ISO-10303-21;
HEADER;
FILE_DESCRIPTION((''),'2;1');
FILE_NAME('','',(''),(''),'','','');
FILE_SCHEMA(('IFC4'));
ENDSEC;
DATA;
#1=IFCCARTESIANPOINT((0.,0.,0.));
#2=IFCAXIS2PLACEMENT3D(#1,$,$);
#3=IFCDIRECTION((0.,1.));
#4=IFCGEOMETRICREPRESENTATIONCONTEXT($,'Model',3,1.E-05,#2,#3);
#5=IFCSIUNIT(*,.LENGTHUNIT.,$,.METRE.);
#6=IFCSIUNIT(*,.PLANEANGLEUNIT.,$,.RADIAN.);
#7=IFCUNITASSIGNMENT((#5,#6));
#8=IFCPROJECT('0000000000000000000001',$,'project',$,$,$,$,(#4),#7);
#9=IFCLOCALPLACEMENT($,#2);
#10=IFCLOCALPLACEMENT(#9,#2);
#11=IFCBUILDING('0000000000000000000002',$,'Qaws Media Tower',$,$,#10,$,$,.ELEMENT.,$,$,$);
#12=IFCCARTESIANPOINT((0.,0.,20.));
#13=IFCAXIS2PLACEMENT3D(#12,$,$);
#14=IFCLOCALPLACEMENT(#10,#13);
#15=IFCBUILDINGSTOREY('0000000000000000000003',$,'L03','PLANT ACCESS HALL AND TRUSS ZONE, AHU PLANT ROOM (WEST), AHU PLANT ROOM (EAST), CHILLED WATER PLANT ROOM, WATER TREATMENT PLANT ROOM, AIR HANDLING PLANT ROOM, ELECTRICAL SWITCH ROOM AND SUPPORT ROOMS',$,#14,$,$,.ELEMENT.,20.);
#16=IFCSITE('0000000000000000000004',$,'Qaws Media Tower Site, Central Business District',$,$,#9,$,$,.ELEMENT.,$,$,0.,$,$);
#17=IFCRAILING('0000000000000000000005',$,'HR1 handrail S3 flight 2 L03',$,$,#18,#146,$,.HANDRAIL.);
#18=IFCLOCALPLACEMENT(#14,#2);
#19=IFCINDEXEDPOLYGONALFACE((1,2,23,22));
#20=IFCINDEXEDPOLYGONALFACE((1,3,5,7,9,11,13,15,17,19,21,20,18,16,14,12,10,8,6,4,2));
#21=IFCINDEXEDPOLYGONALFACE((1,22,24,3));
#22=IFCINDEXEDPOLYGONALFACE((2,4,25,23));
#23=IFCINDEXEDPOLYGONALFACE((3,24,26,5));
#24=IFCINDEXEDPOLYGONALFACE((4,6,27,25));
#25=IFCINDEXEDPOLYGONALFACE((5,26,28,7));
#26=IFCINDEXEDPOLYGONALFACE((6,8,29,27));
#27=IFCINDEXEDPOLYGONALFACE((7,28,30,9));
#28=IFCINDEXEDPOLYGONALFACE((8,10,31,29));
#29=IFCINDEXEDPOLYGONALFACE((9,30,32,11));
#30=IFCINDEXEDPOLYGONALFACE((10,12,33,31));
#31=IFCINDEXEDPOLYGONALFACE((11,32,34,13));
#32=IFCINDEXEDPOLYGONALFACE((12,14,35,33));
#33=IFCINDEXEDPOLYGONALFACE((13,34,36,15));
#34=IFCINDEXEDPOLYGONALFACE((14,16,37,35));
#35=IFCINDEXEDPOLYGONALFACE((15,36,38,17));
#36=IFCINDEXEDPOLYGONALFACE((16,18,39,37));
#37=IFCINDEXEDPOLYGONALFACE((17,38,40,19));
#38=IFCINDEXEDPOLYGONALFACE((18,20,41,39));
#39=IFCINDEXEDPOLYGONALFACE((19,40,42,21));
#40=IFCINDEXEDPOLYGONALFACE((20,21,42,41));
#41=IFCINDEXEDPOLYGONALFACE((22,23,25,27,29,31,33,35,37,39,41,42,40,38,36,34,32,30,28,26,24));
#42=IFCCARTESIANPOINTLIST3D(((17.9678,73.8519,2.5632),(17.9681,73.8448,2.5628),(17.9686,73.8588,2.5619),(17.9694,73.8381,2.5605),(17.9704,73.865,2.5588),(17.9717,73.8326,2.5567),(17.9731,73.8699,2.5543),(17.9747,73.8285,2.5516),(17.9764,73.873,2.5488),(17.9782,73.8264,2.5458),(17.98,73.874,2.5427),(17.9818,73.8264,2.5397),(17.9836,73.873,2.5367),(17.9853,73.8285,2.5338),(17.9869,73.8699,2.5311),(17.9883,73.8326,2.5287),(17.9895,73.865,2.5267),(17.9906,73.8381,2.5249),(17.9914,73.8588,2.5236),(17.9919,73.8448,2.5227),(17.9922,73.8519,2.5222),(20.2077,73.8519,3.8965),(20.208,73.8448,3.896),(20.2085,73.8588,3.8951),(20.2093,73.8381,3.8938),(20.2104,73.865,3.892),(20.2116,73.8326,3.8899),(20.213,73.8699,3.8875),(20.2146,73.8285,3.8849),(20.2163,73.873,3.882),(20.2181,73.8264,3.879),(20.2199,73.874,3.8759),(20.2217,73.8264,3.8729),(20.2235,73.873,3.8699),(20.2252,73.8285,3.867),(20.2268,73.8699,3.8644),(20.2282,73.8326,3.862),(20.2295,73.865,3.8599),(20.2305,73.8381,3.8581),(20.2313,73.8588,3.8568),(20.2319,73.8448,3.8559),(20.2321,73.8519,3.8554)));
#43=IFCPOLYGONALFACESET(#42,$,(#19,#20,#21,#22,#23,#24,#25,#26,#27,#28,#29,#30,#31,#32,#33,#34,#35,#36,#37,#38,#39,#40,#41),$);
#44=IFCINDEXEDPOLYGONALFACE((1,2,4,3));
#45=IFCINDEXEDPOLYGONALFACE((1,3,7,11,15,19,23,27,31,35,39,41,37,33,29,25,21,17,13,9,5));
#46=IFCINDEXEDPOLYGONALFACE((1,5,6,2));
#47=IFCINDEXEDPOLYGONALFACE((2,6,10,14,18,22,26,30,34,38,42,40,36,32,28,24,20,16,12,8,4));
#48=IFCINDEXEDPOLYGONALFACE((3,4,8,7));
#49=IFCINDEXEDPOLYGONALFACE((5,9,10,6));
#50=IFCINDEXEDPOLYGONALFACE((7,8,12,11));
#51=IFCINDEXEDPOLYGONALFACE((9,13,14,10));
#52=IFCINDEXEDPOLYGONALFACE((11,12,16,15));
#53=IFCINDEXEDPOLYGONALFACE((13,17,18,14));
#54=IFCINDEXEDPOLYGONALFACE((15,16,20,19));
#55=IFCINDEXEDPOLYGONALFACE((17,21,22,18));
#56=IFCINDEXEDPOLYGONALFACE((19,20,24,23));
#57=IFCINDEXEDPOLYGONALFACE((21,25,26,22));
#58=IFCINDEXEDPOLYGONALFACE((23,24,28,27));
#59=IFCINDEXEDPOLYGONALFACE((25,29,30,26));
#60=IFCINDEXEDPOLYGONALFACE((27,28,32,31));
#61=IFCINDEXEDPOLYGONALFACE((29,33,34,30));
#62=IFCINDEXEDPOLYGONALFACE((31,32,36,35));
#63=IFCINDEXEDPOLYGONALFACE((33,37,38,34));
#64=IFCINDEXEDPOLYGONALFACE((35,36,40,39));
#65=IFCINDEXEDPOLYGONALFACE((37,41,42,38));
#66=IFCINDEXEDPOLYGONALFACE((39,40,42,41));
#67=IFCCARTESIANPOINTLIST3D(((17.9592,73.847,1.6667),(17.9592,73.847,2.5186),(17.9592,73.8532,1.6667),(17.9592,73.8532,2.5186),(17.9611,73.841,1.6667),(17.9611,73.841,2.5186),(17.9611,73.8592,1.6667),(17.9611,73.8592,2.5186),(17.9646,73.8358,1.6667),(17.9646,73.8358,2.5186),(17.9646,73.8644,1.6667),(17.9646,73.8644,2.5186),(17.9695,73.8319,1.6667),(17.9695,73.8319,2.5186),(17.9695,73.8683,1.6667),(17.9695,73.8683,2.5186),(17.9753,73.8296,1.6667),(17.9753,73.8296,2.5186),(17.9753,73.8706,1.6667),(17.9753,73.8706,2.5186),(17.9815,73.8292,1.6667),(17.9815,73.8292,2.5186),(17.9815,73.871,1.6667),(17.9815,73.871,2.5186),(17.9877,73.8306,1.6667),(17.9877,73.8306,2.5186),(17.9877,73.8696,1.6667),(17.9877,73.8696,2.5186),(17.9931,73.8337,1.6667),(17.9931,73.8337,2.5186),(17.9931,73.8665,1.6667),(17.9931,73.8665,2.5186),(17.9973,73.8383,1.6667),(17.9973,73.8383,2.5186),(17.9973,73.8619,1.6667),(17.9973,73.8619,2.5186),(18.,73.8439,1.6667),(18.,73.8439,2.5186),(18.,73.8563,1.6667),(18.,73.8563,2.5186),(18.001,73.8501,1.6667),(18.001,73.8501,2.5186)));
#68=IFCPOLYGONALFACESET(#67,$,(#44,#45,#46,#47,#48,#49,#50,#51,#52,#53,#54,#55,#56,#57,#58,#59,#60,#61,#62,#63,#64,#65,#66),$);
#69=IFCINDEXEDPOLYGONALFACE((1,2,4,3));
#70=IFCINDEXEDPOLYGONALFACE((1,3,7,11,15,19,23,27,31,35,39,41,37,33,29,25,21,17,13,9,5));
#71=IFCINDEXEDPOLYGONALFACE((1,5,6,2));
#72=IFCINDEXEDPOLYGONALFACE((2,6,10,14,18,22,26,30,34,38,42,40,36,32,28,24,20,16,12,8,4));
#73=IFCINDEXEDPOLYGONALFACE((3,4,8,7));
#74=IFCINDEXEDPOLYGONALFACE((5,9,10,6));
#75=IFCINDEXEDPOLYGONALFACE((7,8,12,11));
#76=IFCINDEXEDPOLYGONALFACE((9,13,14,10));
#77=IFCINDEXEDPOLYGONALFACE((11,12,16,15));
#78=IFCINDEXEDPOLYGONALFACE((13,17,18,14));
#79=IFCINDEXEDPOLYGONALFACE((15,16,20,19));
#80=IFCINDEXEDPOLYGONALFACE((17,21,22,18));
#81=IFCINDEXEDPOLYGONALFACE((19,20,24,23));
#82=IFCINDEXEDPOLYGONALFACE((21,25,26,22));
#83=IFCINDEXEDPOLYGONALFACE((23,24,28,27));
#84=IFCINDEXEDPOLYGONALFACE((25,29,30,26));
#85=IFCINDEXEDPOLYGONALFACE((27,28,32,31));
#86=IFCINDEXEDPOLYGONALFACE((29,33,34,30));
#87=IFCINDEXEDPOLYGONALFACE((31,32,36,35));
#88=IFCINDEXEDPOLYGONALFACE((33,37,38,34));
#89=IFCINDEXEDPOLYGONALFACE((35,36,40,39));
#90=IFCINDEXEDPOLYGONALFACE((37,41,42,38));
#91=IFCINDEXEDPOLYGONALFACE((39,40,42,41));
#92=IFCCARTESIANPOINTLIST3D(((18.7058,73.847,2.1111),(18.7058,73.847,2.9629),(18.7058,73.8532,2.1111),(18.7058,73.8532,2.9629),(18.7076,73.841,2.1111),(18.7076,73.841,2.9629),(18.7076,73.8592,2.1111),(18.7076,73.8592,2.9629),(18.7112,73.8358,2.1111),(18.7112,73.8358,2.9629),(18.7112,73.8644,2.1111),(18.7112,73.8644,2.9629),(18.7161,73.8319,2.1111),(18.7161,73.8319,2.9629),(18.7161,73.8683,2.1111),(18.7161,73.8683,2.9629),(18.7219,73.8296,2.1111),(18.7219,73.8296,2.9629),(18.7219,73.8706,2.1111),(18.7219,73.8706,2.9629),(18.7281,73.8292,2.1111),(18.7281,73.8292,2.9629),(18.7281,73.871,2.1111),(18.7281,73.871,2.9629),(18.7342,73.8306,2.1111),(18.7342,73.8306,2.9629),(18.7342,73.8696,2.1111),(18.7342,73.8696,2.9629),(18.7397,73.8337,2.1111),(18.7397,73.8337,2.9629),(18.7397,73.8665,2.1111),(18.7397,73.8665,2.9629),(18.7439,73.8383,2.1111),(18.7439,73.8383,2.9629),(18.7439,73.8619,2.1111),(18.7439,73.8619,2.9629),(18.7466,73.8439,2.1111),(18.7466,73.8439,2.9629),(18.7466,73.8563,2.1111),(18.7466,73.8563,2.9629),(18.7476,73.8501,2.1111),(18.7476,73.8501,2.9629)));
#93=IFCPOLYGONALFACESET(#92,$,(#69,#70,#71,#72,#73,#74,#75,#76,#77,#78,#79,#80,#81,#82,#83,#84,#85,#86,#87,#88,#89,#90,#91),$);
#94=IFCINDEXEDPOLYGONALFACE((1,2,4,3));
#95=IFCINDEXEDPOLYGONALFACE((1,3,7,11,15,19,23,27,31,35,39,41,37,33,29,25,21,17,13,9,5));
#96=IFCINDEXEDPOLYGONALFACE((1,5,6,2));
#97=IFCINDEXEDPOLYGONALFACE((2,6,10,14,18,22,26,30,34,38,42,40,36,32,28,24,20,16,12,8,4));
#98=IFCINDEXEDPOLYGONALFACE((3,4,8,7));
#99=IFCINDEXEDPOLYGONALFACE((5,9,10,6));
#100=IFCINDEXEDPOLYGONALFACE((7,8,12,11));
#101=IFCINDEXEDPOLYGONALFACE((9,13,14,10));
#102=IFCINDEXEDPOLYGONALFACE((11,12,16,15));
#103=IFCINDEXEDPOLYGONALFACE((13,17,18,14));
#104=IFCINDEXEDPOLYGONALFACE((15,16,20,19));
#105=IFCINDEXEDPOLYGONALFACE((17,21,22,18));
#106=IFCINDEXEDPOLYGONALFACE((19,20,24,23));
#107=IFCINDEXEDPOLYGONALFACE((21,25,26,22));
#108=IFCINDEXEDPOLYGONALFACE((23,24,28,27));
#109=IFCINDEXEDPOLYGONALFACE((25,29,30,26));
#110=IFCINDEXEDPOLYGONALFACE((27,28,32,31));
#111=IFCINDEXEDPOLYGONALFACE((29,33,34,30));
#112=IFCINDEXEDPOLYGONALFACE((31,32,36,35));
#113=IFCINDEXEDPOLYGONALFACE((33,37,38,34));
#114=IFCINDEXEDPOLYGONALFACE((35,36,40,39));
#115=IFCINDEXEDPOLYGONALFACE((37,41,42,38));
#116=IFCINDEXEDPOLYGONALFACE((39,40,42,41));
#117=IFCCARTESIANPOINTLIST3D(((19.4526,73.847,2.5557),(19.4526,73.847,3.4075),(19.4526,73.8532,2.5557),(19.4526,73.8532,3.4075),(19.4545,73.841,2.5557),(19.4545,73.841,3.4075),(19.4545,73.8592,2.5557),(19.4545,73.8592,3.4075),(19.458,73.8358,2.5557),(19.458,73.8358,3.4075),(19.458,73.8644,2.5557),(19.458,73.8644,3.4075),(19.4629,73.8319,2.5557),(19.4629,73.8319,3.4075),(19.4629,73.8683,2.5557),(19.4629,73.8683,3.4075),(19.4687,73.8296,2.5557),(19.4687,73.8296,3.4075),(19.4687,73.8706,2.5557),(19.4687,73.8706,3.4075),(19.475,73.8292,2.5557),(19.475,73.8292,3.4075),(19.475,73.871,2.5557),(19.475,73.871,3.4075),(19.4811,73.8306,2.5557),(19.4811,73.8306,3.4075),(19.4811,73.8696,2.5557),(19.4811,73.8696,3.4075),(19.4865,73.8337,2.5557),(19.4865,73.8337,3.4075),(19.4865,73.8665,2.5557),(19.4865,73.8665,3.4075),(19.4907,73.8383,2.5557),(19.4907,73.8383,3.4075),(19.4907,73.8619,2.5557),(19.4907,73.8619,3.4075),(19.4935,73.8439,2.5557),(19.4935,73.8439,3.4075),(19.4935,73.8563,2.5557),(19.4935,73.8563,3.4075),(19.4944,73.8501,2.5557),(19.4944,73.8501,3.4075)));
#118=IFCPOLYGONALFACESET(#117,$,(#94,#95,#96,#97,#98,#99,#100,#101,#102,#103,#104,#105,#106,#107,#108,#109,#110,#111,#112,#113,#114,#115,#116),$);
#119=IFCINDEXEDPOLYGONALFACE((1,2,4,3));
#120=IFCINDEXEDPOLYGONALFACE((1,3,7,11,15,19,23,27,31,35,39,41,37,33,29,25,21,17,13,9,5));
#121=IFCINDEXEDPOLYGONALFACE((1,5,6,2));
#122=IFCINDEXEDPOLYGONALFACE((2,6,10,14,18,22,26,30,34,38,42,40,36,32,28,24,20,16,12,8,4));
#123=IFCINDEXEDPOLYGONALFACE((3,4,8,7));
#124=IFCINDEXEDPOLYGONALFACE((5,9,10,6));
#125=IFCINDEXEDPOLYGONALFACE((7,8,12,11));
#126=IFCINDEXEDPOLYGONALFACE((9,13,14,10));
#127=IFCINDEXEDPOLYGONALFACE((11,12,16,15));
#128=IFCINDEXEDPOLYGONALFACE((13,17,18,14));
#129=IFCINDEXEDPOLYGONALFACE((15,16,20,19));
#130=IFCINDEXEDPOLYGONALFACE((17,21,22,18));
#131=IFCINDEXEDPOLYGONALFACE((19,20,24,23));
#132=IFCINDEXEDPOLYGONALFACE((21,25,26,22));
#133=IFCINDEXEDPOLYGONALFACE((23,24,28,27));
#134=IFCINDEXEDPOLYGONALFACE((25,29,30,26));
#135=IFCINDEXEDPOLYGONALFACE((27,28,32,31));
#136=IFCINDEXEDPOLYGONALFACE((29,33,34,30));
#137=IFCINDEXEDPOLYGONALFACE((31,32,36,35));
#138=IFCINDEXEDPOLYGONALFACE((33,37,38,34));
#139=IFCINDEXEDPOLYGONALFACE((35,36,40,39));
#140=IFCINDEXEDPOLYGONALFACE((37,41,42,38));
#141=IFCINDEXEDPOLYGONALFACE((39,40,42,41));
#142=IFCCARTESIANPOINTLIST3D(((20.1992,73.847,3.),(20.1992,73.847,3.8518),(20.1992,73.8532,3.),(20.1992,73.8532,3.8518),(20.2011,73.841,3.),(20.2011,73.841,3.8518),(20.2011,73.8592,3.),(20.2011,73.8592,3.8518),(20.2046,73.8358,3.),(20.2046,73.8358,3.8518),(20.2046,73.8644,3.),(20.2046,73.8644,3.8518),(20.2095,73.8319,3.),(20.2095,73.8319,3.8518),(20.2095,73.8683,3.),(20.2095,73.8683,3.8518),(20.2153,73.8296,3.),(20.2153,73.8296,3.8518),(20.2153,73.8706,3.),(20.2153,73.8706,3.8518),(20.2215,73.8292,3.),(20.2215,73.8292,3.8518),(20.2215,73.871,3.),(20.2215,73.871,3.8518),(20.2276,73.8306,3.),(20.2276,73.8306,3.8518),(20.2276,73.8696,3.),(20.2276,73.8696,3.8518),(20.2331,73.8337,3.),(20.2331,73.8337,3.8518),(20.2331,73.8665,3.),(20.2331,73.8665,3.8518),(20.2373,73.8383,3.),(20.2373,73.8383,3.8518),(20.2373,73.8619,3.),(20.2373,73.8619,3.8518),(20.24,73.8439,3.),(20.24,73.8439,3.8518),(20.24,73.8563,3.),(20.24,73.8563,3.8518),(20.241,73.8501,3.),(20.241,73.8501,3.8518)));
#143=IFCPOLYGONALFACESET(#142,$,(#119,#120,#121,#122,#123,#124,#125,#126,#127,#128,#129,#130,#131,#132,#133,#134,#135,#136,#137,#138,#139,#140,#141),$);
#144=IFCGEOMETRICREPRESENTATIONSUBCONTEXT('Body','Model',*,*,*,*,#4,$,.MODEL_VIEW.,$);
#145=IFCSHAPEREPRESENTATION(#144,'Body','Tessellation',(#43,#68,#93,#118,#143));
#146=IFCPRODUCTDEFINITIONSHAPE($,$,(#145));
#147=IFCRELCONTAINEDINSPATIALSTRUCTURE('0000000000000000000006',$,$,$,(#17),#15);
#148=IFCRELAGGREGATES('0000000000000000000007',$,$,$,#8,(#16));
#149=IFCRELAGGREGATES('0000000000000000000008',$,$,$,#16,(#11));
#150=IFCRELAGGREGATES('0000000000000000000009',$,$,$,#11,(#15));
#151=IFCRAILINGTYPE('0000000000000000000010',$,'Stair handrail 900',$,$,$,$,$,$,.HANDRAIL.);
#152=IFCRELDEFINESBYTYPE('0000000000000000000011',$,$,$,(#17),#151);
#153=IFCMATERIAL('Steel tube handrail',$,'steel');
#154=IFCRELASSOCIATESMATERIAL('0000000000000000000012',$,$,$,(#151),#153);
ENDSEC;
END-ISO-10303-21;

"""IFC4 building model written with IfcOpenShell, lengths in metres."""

from ifc_helpers import new_model, si_unit, direction, frame, origin, origin_2d, place, context, subcontext, project, spatial, circle, extrude, material, type_object, element, save


model = new_model("IFC4")

# Units and contexts
model_context = context("Model", 3, precision=1e-05, world=origin(), true_north=direction((0.0, 1.0)))
body_context = subcontext(model_context, "Body", "Model", "MODEL_VIEW")
ifc_project = project(units=[si_unit("LENGTHUNIT", "METRE"), si_unit("PLANEANGLEUNIT", "RADIAN")], contexts=[model_context])

# Site, building, storey
site_placement = place(None, origin())
site = spatial("IfcSite", under=ifc_project, at=site_placement, Name="Qaws Media Tower Site, Central Business District", CompositionType="ELEMENT", RefElevation=0.0)
building_placement = place(site_placement, origin())
building = spatial("IfcBuilding", under=site, at=building_placement, Name="Qaws Media Tower", CompositionType="ELEMENT")
storey_placement = place(building_placement, frame((0.0, 0.0, 20.0)))
storey = spatial("IfcBuildingStorey", under=building, at=storey_placement, Name="L03", Description="PLANT ACCESS HALL AND TRUSS ZONE, AHU PLANT ROOM (WEST), AHU PLANT ROOM (EAST), CHILLED WATER PLANT ROOM, WATER TREATMENT PLANT ROOM, AIR HANDLING PLANT ROOM, ELECTRICAL SWITCH ROOM AND SUPPORT ROOMS", CompositionType="ELEMENT", Elevation=20.0)

# Railing
ifc_material_1 = material(Name="Steel tube handrail", Category="steel")
railing_type_1 = type_object("IfcRailingType", Name="Stair handrail 900", PredefinedType="HANDRAIL", material=ifc_material_1)
for number, where, name in (
    (1, (17.98, 73.8501, 1.6667), "HR1 handrail S3 flight 2 L03"),
):
    element("IfcRailing", number, at=place(storey_placement, frame(where)), inside=storey, type_object=railing_type_1, Name=name, PredefinedType="HANDRAIL", context=body_context, shape_type="SweptSolid", body=[
        extrude(circle(Radius=0.0239, at=origin_2d()), frame((0.0, 0.0, 0.876), z_axis=(0.859306, 0.0, 0.511462), x_axis=(0.0, 1.0, 0.0)), (0.0, 0.0, 1.0), 2.6067),
        extrude(circle(Radius=0.021, at=origin_2d()), origin(), (0.0, 0.0, 1.0), 0.8518),
        extrude(circle(Radius=0.021, at=origin_2d()), frame((0.7466, 0.0, 0.4443)), (0.0, 0.0, 1.0), 0.8518),
        extrude(circle(Radius=0.021, at=origin_2d()), frame((1.4934, 0.0, 0.8889)), (0.0, 0.0, 1.0), 0.8518),
        extrude(circle(Radius=0.021, at=origin_2d()), frame((2.24, 0.0, 1.3333)), (0.0, 0.0, 1.0), 0.8518),
    ])

save(model, "model.ifc")
